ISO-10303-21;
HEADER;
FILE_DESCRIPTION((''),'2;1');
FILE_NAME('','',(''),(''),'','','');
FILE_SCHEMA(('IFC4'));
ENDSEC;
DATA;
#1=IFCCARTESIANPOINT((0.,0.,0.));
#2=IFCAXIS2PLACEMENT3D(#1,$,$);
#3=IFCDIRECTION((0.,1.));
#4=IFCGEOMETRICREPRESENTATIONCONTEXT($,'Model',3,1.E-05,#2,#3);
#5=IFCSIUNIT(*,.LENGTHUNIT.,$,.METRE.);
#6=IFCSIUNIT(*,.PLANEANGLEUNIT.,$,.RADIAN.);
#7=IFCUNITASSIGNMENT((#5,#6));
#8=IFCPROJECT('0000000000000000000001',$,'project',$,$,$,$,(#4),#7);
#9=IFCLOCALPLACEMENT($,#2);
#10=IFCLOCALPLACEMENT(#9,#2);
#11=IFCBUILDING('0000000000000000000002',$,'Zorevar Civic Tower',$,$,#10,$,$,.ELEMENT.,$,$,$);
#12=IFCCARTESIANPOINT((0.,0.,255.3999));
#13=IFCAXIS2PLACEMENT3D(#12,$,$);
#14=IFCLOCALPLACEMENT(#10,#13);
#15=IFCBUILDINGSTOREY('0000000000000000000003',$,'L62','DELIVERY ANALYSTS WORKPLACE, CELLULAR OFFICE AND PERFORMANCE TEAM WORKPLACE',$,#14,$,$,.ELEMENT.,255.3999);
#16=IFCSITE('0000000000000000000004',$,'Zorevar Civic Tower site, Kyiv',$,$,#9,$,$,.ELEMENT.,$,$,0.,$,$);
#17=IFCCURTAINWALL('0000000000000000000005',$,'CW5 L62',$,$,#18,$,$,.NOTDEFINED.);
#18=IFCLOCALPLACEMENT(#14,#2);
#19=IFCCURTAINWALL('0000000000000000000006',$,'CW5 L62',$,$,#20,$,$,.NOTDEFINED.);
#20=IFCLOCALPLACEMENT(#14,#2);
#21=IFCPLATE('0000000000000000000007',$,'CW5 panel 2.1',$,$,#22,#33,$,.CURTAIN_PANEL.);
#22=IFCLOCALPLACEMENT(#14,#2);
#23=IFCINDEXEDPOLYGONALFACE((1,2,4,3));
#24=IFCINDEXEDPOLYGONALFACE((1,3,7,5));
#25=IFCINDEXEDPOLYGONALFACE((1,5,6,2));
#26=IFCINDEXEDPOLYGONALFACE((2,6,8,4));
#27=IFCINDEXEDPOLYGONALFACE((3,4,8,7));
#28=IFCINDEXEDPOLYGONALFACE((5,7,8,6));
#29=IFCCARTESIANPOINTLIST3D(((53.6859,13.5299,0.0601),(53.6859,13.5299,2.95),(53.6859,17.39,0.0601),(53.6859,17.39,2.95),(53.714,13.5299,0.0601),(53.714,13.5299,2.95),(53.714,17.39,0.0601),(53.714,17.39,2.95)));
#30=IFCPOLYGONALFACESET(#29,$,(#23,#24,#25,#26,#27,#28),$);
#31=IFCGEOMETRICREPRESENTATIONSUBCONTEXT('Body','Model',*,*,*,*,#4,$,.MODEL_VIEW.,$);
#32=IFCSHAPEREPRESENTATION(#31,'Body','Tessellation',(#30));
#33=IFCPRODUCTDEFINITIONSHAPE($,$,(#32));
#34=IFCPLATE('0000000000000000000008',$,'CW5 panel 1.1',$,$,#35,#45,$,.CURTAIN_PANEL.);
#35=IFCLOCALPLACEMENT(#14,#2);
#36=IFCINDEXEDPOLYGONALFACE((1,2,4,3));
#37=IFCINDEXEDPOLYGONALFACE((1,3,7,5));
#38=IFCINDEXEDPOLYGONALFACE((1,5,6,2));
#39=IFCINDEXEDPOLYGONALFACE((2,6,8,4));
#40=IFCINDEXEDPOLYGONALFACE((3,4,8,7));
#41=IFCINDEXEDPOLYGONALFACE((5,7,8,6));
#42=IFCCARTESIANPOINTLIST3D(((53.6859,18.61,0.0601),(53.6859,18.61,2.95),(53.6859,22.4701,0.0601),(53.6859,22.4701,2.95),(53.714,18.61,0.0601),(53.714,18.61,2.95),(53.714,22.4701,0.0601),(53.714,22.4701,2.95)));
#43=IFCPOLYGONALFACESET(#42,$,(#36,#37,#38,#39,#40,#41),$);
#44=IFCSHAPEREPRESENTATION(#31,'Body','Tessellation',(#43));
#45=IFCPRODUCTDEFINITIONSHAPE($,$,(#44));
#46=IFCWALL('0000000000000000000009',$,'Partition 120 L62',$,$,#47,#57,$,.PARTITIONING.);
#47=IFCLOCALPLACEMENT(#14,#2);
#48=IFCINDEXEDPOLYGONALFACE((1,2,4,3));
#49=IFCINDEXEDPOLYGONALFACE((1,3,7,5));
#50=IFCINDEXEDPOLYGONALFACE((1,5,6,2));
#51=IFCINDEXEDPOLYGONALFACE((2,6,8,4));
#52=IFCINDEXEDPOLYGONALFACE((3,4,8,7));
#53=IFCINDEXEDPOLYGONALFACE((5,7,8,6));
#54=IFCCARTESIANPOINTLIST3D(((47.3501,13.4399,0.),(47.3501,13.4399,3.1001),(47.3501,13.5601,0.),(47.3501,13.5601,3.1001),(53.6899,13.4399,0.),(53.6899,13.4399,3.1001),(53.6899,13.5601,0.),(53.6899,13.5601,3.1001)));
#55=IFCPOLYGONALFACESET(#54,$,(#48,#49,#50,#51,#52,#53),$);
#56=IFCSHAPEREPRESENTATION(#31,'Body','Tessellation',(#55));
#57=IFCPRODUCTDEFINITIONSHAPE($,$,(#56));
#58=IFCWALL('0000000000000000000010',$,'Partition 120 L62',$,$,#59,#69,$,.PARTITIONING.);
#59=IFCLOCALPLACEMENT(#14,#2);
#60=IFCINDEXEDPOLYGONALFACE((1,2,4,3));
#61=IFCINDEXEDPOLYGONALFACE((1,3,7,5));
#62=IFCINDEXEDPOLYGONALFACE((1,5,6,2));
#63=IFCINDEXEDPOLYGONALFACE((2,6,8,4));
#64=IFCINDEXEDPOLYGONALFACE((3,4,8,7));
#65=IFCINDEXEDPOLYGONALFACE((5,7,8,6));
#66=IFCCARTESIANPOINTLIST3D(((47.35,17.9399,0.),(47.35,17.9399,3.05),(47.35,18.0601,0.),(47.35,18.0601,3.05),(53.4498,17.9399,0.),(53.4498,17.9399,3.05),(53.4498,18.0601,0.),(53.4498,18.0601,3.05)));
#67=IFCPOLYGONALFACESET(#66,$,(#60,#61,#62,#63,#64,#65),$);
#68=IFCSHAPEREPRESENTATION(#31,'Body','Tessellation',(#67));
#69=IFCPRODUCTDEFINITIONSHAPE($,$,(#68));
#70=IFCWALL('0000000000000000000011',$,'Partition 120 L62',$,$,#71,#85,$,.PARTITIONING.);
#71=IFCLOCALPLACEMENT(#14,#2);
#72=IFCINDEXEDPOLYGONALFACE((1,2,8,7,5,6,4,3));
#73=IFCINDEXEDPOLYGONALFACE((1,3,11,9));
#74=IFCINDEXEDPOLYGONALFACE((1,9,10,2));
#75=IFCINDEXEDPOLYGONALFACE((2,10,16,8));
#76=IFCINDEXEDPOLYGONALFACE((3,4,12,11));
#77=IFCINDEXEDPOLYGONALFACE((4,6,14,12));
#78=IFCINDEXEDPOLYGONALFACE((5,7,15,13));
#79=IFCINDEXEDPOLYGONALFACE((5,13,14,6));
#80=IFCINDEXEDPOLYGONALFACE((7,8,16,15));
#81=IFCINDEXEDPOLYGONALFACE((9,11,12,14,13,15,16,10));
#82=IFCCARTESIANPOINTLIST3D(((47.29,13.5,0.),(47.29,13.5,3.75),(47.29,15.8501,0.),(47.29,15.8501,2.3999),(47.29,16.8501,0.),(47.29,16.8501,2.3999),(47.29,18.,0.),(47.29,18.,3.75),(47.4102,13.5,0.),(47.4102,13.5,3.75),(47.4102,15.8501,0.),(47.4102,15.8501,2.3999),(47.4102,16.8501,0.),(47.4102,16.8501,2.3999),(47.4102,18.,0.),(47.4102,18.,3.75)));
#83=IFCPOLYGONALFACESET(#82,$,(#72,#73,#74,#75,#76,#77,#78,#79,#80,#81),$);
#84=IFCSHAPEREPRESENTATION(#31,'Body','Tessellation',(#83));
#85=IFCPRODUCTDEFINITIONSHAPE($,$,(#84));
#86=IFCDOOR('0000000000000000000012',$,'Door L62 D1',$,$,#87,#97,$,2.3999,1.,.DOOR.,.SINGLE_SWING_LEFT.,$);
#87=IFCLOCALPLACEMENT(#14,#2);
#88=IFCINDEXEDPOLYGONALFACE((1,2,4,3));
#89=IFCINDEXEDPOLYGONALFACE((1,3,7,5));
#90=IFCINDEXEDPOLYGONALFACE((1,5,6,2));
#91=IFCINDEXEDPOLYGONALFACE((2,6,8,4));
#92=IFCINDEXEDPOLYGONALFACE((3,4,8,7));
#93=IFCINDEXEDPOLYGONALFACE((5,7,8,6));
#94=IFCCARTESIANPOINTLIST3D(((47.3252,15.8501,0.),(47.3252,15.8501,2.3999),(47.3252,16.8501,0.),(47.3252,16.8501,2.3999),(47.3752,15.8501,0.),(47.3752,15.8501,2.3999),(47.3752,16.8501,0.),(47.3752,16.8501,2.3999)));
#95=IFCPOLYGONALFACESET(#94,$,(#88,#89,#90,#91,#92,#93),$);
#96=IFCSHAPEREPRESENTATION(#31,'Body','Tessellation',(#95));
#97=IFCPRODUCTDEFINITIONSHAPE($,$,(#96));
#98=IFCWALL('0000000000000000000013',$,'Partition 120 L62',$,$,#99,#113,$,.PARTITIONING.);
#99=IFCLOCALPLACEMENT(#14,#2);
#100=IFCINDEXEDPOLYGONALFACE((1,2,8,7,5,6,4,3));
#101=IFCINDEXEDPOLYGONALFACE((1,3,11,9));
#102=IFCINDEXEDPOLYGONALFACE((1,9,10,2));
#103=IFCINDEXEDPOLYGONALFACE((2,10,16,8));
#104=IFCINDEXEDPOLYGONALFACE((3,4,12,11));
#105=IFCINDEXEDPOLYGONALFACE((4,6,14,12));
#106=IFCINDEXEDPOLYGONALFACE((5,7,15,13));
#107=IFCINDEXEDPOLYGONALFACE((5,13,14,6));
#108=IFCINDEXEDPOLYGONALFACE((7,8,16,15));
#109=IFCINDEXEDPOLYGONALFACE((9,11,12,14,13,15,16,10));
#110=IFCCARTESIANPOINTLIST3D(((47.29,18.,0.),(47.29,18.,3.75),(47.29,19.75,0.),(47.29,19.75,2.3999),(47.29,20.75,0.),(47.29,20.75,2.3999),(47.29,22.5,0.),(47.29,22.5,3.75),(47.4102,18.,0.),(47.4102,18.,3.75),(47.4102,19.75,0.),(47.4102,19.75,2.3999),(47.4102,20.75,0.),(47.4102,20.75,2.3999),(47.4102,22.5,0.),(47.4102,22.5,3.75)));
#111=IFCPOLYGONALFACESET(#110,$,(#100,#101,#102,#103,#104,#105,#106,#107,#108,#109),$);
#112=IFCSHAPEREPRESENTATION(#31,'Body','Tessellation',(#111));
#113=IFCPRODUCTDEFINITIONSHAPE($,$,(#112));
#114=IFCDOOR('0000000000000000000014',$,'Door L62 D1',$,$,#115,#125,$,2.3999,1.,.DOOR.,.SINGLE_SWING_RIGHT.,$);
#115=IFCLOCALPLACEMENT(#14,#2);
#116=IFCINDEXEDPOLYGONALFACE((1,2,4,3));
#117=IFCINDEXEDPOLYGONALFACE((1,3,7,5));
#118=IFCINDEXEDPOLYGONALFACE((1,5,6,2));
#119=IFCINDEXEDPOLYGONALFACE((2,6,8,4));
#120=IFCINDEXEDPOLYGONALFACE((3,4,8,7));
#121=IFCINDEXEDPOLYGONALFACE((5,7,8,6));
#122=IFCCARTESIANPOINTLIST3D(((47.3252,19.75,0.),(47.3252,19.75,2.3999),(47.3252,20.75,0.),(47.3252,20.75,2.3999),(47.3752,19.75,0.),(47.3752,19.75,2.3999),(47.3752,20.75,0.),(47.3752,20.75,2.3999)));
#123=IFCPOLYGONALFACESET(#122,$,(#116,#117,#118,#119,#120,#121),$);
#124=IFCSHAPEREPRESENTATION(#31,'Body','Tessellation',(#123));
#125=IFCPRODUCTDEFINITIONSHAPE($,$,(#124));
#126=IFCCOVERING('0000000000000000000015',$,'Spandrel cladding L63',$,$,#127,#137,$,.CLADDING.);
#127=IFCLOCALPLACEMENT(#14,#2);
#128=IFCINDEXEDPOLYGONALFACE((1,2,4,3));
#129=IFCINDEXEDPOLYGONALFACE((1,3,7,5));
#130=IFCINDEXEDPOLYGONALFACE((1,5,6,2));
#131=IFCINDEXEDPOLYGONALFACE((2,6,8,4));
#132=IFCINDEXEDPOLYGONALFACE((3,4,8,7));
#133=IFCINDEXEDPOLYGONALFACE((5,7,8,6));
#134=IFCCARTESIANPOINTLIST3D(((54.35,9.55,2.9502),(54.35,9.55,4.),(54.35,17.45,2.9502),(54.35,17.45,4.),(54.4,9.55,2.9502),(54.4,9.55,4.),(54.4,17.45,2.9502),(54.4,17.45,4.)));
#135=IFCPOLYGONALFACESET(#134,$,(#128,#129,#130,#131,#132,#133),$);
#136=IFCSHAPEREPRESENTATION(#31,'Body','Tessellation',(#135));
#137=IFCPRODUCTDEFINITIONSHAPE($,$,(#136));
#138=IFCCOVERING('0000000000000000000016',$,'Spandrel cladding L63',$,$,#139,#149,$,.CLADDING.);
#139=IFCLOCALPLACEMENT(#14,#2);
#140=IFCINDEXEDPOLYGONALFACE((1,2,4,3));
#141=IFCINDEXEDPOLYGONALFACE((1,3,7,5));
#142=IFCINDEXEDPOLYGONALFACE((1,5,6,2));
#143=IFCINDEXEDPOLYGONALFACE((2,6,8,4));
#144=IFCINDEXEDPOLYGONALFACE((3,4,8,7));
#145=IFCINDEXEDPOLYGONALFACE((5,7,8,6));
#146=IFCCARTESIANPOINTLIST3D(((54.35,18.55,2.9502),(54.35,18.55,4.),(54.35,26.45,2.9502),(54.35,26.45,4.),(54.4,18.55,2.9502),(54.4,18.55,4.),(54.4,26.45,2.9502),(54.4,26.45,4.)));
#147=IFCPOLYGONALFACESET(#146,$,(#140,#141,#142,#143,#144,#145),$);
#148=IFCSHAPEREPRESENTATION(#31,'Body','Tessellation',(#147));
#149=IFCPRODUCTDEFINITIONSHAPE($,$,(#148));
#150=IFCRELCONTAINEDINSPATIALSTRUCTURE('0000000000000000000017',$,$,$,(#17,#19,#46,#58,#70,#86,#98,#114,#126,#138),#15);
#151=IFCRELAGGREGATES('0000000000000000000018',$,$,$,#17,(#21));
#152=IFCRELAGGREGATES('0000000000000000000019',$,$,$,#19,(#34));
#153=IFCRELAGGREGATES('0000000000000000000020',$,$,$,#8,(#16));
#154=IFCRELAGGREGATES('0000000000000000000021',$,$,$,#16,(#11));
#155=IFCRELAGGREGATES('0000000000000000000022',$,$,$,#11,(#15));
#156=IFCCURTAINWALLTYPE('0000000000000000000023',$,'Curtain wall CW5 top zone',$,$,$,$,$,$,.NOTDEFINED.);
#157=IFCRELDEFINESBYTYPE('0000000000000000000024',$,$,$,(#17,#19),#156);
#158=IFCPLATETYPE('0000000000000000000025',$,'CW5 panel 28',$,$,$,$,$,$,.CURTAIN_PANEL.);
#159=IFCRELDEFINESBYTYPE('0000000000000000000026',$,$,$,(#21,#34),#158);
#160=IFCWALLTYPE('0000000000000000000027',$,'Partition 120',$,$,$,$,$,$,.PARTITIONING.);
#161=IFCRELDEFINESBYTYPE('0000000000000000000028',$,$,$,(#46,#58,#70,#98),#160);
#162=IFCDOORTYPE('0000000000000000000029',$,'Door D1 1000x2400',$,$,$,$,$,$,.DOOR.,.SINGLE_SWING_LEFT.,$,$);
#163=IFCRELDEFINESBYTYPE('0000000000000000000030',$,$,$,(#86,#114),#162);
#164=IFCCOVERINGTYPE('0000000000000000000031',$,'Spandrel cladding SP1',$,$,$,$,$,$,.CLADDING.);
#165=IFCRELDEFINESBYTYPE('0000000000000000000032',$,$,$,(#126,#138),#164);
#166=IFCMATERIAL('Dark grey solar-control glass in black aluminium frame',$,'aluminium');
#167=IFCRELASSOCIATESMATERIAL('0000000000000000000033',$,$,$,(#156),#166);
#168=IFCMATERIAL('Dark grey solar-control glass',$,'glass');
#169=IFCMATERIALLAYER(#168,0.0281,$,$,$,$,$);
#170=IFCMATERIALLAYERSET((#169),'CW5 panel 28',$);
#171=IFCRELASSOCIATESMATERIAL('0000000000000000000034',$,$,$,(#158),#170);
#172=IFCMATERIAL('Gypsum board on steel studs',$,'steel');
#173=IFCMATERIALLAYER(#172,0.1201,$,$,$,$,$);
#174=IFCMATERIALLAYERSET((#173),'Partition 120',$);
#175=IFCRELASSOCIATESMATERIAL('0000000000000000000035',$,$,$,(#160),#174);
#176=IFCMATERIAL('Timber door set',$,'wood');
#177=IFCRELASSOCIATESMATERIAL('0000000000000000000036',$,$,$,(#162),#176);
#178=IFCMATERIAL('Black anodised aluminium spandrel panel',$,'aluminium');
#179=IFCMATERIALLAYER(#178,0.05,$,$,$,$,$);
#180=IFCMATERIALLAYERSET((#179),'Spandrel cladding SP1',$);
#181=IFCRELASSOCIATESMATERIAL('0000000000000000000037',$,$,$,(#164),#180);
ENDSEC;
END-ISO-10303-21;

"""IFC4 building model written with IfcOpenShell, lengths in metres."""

from ifc_helpers import new_model, si_unit, direction, frame, frame_2d, origin, origin_2d, place, context, subcontext, project, spatial, rectangle, extrude, material, layer, layer_set, type_object, element, fill, aggregate, save


model = new_model("IFC4")

# Units and contexts
model_context = context("Model", 3, precision=1e-05, world=origin(), true_north=direction((0.0, 1.0)))
body_context = subcontext(model_context, "Body", "Model", "MODEL_VIEW")
ifc_project = project(units=[si_unit("LENGTHUNIT", "METRE"), si_unit("PLANEANGLEUNIT", "RADIAN")], contexts=[model_context])

# Site, building, storey
site_placement = place(None, origin())
site = spatial("IfcSite", under=ifc_project, at=site_placement, Name="Zorevar Civic Tower site, Kyiv", CompositionType="ELEMENT", RefElevation=0.0)
building_placement = place(site_placement, origin())
building = spatial("IfcBuilding", under=site, at=building_placement, Name="Zorevar Civic Tower", CompositionType="ELEMENT")
storey_placement = place(building_placement, frame((0.0, 0.0, 255.3999)))
storey = spatial("IfcBuildingStorey", under=building, at=storey_placement, Name="L62", Description="DELIVERY ANALYSTS WORKPLACE, CELLULAR OFFICE AND PERFORMANCE TEAM WORKPLACE", CompositionType="ELEMENT", Elevation=255.3999)

# Curtain wall
ifc_material_1 = material(Name="Dark grey solar-control glass in black aluminium frame", Category="aluminium")
curtain_wall_type = type_object("IfcCurtainWallType", Name="Curtain wall CW5 top zone", PredefinedType="NOTDEFINED", material=ifc_material_1)
curtain_wall_1_placement = place(storey_placement, origin())
curtain_wall_1 = element("IfcCurtainWall", 1, at=curtain_wall_1_placement, inside=storey, type_object=curtain_wall_type, Name="CW5 L62", PredefinedType="NOTDEFINED")

# Curtain wall
curtain_wall_2_placement = place(storey_placement, origin())
curtain_wall_2 = element("IfcCurtainWall", 2, at=curtain_wall_2_placement, inside=storey, type_object=curtain_wall_type, Name="CW5 L62", PredefinedType="NOTDEFINED")

# Plates
ifc_material_2 = material(Name="Dark grey solar-control glass", Category="glass")
ifc_layer_1 = layer(ifc_material_2, 0.0281)
ifc_layer_set_1 = layer_set([ifc_layer_1], Name="CW5 panel 28")
plate_type = type_object("IfcPlateType", Name="CW5 panel 28", PredefinedType="CURTAIN_PANEL", material=ifc_layer_set_1)
plate_1_placement = place(storey_placement, frame((53.7, 15.46, 0.0601), z_axis=(0.0, 0.0, 1.0), x_axis=(0.0, 1.0, 0.0)))
plate_1 = element("IfcPlate", 3, at=plate_1_placement, type_object=plate_type, Name="CW5 panel 2.1", PredefinedType="CURTAIN_PANEL", context=body_context, shape_type="SweptSolid", body=[
    extrude(rectangle(XDim=3.8601, YDim=0.0281, at=origin_2d()), origin(), (0.0, 0.0, 1.0), 2.8899),
])
aggregate(curtain_wall_1, [plate_1])
plate_2_placement = place(storey_placement, frame((53.7, 20.54, 0.0601), z_axis=(0.0, 0.0, 1.0), x_axis=(0.0, 1.0, 0.0)))
plate_2 = element("IfcPlate", 4, at=plate_2_placement, type_object=plate_type, Name="CW5 panel 1.1", PredefinedType="CURTAIN_PANEL", context=body_context, shape_type="SweptSolid", body=[
    extrude(rectangle(XDim=3.8601, YDim=0.0281, at=origin_2d()), origin(), (0.0, 0.0, 1.0), 2.8899),
])
aggregate(curtain_wall_2, [plate_2])

# Walls
ifc_material_3 = material(Name="Gypsum board on steel studs", Category="steel")
ifc_layer_2 = layer(ifc_material_3, 0.1201)
ifc_layer_set_2 = layer_set([ifc_layer_2], Name="Partition 120")
wall_type_1 = type_object("IfcWallType", Name="Partition 120", PredefinedType="PARTITIONING", material=ifc_layer_set_2)
wall_1_placement = place(storey_placement, frame((47.3501, 13.5, 0.0), z_axis=(0.0, 0.0, 1.0), x_axis=(1.0, 0.0, 0.0)))
element("IfcWall", 5, at=wall_1_placement, inside=storey, type_object=wall_type_1, Name="Partition 120 L62", PredefinedType="PARTITIONING", context=body_context, shape_type="SweptSolid", body=[
    extrude(rectangle(XDim=6.3398, YDim=0.1201, at=frame_2d((3.1699, 0.0))), origin(), (0.0, 0.0, 1.0), 3.1001),
])
wall_2_placement = place(storey_placement, frame((47.3501, 18.0, 0.0), z_axis=(0.0, 0.0, 1.0), x_axis=(1.0, 0.0, 0.0)))
element("IfcWall", 6, at=wall_2_placement, inside=storey, type_object=wall_type_1, Name="Partition 120 L62", PredefinedType="PARTITIONING", context=body_context, shape_type="SweptSolid", body=[
    extrude(rectangle(XDim=6.0999, YDim=0.1201, at=frame_2d((3.0498, 0.0))), origin(), (0.0, 0.0, 1.0), 3.05),
])

# Walls, openings, doors
wall_3_placement = place(storey_placement, frame((47.3501, 13.5, 0.0), z_axis=(0.0, 0.0, 1.0), x_axis=(0.0, 1.0, 0.0)))
wall_3 = element("IfcWall", 7, at=wall_3_placement, inside=storey, type_object=wall_type_1, Name="Partition 120 L62", PredefinedType="PARTITIONING", context=body_context, shape_type="SweptSolid", body=[
    extrude(rectangle(XDim=4.5, YDim=0.1201, at=frame_2d((2.25, 0.0))), origin(), (0.0, 0.0, 1.0), 3.75),
])
opening_1_placement = place(wall_3_placement, frame((2.3501, 0.0, 0.0)))
opening_1 = element("IfcOpeningElement", 8, at=opening_1_placement, cuts=wall_3, PredefinedType="OPENING", context=body_context, shape_type="SweptSolid", body=[
    extrude(rectangle(XDim=1.0, YDim=2.3999, at=frame_2d((0.5, 1.2))), frame((0.0, 0.0701, 0.0), z_axis=(0.0, -1.0, 0.0), x_axis=(1.0, 0.0, 0.0)), (0.0, 0.0, 1.0), 0.1401),
])
ifc_material_4 = material(Name="Timber door set", Category="wood")
door_type_1 = type_object("IfcDoorType", Name="Door D1 1000x2400", OperationType="SINGLE_SWING_LEFT", PredefinedType="DOOR", material=ifc_material_4)
door_1_placement = place(opening_1_placement, origin())
door_1 = element("IfcDoor", 9, at=door_1_placement, inside=storey, type_object=door_type_1, Name="Door L62 D1", OperationType="SINGLE_SWING_LEFT", OverallHeight=2.3999, OverallWidth=1.0, PredefinedType="DOOR", context=body_context, shape_type="SweptSolid", body=[
    extrude(rectangle(XDim=1.0, YDim=2.3999, at=frame_2d((0.5, 1.2))), frame((0.0, 0.0249, 0.0), z_axis=(0.0, -1.0, 0.0), x_axis=(1.0, 0.0, 0.0)), (0.0, 0.0, 1.0), 0.05),
])
fill(opening_1, door_1)
wall_4_placement = place(storey_placement, frame((47.3501, 18.0, 0.0), z_axis=(0.0, 0.0, 1.0), x_axis=(0.0, 1.0, 0.0)))
wall_4 = element("IfcWall", 10, at=wall_4_placement, inside=storey, type_object=wall_type_1, Name="Partition 120 L62", PredefinedType="PARTITIONING", context=body_context, shape_type="SweptSolid", body=[
    extrude(rectangle(XDim=4.5, YDim=0.1201, at=frame_2d((2.25, 0.0))), origin(), (0.0, 0.0, 1.0), 3.75),
])
opening_2_placement = place(wall_4_placement, frame((1.75, 0.0, 0.0)))
opening_2 = element("IfcOpeningElement", 11, at=opening_2_placement, cuts=wall_4, PredefinedType="OPENING", context=body_context, shape_type="SweptSolid", body=[
    extrude(rectangle(XDim=1.0, YDim=2.3999, at=frame_2d((0.5, 1.2))), frame((0.0, 0.0701, 0.0), z_axis=(0.0, -1.0, 0.0), x_axis=(1.0, 0.0, 0.0)), (0.0, 0.0, 1.0), 0.1401),
])
door_2_placement = place(opening_2_placement, origin())
door_2 = element("IfcDoor", 12, at=door_2_placement, inside=storey, type_object=door_type_1, Name="Door L62 D1", OperationType="SINGLE_SWING_RIGHT", OverallHeight=2.3999, OverallWidth=1.0, PredefinedType="DOOR", context=body_context, shape_type="SweptSolid", body=[
    extrude(rectangle(XDim=1.0, YDim=2.3999, at=frame_2d((0.5, 1.2))), frame((0.0, 0.0249, 0.0), z_axis=(0.0, -1.0, 0.0), x_axis=(1.0, 0.0, 0.0)), (0.0, 0.0, 1.0), 0.05),
])
fill(opening_2, door_2)

# Coverings
ifc_material_5 = material(Name="Black anodised aluminium spandrel panel", Category="aluminium")
ifc_layer_3 = layer(ifc_material_5, 0.05)
ifc_layer_set_3 = layer_set([ifc_layer_3], Name="Spandrel cladding SP1")
covering_type = type_object("IfcCoveringType", Name="Spandrel cladding SP1", PredefinedType="CLADDING", material=ifc_layer_set_3)
for number, where, z_axis, x_axis, name in (
    (13, (54.375, 9.55, 2.9502), (0.0, 0.0, 1.0), (0.0, 1.0, 0.0), "Spandrel cladding L63"),
    (14, (54.375, 18.55, 2.9502), (0.0, 0.0, 1.0), (0.0, 1.0, 0.0), "Spandrel cladding L63"),
):
    element("IfcCovering", number, at=place(storey_placement, frame(where, z_axis=z_axis, x_axis=x_axis)), inside=storey, type_object=covering_type, Name=name, PredefinedType="CLADDING", context=body_context, shape_type="SweptSolid", body=[
        extrude(rectangle(XDim=7.8999, YDim=0.05, at=frame_2d((3.95, 0.0))), origin(), (0.0, 0.0, 1.0), 1.0498),
    ])

save(model, "model.ifc")
